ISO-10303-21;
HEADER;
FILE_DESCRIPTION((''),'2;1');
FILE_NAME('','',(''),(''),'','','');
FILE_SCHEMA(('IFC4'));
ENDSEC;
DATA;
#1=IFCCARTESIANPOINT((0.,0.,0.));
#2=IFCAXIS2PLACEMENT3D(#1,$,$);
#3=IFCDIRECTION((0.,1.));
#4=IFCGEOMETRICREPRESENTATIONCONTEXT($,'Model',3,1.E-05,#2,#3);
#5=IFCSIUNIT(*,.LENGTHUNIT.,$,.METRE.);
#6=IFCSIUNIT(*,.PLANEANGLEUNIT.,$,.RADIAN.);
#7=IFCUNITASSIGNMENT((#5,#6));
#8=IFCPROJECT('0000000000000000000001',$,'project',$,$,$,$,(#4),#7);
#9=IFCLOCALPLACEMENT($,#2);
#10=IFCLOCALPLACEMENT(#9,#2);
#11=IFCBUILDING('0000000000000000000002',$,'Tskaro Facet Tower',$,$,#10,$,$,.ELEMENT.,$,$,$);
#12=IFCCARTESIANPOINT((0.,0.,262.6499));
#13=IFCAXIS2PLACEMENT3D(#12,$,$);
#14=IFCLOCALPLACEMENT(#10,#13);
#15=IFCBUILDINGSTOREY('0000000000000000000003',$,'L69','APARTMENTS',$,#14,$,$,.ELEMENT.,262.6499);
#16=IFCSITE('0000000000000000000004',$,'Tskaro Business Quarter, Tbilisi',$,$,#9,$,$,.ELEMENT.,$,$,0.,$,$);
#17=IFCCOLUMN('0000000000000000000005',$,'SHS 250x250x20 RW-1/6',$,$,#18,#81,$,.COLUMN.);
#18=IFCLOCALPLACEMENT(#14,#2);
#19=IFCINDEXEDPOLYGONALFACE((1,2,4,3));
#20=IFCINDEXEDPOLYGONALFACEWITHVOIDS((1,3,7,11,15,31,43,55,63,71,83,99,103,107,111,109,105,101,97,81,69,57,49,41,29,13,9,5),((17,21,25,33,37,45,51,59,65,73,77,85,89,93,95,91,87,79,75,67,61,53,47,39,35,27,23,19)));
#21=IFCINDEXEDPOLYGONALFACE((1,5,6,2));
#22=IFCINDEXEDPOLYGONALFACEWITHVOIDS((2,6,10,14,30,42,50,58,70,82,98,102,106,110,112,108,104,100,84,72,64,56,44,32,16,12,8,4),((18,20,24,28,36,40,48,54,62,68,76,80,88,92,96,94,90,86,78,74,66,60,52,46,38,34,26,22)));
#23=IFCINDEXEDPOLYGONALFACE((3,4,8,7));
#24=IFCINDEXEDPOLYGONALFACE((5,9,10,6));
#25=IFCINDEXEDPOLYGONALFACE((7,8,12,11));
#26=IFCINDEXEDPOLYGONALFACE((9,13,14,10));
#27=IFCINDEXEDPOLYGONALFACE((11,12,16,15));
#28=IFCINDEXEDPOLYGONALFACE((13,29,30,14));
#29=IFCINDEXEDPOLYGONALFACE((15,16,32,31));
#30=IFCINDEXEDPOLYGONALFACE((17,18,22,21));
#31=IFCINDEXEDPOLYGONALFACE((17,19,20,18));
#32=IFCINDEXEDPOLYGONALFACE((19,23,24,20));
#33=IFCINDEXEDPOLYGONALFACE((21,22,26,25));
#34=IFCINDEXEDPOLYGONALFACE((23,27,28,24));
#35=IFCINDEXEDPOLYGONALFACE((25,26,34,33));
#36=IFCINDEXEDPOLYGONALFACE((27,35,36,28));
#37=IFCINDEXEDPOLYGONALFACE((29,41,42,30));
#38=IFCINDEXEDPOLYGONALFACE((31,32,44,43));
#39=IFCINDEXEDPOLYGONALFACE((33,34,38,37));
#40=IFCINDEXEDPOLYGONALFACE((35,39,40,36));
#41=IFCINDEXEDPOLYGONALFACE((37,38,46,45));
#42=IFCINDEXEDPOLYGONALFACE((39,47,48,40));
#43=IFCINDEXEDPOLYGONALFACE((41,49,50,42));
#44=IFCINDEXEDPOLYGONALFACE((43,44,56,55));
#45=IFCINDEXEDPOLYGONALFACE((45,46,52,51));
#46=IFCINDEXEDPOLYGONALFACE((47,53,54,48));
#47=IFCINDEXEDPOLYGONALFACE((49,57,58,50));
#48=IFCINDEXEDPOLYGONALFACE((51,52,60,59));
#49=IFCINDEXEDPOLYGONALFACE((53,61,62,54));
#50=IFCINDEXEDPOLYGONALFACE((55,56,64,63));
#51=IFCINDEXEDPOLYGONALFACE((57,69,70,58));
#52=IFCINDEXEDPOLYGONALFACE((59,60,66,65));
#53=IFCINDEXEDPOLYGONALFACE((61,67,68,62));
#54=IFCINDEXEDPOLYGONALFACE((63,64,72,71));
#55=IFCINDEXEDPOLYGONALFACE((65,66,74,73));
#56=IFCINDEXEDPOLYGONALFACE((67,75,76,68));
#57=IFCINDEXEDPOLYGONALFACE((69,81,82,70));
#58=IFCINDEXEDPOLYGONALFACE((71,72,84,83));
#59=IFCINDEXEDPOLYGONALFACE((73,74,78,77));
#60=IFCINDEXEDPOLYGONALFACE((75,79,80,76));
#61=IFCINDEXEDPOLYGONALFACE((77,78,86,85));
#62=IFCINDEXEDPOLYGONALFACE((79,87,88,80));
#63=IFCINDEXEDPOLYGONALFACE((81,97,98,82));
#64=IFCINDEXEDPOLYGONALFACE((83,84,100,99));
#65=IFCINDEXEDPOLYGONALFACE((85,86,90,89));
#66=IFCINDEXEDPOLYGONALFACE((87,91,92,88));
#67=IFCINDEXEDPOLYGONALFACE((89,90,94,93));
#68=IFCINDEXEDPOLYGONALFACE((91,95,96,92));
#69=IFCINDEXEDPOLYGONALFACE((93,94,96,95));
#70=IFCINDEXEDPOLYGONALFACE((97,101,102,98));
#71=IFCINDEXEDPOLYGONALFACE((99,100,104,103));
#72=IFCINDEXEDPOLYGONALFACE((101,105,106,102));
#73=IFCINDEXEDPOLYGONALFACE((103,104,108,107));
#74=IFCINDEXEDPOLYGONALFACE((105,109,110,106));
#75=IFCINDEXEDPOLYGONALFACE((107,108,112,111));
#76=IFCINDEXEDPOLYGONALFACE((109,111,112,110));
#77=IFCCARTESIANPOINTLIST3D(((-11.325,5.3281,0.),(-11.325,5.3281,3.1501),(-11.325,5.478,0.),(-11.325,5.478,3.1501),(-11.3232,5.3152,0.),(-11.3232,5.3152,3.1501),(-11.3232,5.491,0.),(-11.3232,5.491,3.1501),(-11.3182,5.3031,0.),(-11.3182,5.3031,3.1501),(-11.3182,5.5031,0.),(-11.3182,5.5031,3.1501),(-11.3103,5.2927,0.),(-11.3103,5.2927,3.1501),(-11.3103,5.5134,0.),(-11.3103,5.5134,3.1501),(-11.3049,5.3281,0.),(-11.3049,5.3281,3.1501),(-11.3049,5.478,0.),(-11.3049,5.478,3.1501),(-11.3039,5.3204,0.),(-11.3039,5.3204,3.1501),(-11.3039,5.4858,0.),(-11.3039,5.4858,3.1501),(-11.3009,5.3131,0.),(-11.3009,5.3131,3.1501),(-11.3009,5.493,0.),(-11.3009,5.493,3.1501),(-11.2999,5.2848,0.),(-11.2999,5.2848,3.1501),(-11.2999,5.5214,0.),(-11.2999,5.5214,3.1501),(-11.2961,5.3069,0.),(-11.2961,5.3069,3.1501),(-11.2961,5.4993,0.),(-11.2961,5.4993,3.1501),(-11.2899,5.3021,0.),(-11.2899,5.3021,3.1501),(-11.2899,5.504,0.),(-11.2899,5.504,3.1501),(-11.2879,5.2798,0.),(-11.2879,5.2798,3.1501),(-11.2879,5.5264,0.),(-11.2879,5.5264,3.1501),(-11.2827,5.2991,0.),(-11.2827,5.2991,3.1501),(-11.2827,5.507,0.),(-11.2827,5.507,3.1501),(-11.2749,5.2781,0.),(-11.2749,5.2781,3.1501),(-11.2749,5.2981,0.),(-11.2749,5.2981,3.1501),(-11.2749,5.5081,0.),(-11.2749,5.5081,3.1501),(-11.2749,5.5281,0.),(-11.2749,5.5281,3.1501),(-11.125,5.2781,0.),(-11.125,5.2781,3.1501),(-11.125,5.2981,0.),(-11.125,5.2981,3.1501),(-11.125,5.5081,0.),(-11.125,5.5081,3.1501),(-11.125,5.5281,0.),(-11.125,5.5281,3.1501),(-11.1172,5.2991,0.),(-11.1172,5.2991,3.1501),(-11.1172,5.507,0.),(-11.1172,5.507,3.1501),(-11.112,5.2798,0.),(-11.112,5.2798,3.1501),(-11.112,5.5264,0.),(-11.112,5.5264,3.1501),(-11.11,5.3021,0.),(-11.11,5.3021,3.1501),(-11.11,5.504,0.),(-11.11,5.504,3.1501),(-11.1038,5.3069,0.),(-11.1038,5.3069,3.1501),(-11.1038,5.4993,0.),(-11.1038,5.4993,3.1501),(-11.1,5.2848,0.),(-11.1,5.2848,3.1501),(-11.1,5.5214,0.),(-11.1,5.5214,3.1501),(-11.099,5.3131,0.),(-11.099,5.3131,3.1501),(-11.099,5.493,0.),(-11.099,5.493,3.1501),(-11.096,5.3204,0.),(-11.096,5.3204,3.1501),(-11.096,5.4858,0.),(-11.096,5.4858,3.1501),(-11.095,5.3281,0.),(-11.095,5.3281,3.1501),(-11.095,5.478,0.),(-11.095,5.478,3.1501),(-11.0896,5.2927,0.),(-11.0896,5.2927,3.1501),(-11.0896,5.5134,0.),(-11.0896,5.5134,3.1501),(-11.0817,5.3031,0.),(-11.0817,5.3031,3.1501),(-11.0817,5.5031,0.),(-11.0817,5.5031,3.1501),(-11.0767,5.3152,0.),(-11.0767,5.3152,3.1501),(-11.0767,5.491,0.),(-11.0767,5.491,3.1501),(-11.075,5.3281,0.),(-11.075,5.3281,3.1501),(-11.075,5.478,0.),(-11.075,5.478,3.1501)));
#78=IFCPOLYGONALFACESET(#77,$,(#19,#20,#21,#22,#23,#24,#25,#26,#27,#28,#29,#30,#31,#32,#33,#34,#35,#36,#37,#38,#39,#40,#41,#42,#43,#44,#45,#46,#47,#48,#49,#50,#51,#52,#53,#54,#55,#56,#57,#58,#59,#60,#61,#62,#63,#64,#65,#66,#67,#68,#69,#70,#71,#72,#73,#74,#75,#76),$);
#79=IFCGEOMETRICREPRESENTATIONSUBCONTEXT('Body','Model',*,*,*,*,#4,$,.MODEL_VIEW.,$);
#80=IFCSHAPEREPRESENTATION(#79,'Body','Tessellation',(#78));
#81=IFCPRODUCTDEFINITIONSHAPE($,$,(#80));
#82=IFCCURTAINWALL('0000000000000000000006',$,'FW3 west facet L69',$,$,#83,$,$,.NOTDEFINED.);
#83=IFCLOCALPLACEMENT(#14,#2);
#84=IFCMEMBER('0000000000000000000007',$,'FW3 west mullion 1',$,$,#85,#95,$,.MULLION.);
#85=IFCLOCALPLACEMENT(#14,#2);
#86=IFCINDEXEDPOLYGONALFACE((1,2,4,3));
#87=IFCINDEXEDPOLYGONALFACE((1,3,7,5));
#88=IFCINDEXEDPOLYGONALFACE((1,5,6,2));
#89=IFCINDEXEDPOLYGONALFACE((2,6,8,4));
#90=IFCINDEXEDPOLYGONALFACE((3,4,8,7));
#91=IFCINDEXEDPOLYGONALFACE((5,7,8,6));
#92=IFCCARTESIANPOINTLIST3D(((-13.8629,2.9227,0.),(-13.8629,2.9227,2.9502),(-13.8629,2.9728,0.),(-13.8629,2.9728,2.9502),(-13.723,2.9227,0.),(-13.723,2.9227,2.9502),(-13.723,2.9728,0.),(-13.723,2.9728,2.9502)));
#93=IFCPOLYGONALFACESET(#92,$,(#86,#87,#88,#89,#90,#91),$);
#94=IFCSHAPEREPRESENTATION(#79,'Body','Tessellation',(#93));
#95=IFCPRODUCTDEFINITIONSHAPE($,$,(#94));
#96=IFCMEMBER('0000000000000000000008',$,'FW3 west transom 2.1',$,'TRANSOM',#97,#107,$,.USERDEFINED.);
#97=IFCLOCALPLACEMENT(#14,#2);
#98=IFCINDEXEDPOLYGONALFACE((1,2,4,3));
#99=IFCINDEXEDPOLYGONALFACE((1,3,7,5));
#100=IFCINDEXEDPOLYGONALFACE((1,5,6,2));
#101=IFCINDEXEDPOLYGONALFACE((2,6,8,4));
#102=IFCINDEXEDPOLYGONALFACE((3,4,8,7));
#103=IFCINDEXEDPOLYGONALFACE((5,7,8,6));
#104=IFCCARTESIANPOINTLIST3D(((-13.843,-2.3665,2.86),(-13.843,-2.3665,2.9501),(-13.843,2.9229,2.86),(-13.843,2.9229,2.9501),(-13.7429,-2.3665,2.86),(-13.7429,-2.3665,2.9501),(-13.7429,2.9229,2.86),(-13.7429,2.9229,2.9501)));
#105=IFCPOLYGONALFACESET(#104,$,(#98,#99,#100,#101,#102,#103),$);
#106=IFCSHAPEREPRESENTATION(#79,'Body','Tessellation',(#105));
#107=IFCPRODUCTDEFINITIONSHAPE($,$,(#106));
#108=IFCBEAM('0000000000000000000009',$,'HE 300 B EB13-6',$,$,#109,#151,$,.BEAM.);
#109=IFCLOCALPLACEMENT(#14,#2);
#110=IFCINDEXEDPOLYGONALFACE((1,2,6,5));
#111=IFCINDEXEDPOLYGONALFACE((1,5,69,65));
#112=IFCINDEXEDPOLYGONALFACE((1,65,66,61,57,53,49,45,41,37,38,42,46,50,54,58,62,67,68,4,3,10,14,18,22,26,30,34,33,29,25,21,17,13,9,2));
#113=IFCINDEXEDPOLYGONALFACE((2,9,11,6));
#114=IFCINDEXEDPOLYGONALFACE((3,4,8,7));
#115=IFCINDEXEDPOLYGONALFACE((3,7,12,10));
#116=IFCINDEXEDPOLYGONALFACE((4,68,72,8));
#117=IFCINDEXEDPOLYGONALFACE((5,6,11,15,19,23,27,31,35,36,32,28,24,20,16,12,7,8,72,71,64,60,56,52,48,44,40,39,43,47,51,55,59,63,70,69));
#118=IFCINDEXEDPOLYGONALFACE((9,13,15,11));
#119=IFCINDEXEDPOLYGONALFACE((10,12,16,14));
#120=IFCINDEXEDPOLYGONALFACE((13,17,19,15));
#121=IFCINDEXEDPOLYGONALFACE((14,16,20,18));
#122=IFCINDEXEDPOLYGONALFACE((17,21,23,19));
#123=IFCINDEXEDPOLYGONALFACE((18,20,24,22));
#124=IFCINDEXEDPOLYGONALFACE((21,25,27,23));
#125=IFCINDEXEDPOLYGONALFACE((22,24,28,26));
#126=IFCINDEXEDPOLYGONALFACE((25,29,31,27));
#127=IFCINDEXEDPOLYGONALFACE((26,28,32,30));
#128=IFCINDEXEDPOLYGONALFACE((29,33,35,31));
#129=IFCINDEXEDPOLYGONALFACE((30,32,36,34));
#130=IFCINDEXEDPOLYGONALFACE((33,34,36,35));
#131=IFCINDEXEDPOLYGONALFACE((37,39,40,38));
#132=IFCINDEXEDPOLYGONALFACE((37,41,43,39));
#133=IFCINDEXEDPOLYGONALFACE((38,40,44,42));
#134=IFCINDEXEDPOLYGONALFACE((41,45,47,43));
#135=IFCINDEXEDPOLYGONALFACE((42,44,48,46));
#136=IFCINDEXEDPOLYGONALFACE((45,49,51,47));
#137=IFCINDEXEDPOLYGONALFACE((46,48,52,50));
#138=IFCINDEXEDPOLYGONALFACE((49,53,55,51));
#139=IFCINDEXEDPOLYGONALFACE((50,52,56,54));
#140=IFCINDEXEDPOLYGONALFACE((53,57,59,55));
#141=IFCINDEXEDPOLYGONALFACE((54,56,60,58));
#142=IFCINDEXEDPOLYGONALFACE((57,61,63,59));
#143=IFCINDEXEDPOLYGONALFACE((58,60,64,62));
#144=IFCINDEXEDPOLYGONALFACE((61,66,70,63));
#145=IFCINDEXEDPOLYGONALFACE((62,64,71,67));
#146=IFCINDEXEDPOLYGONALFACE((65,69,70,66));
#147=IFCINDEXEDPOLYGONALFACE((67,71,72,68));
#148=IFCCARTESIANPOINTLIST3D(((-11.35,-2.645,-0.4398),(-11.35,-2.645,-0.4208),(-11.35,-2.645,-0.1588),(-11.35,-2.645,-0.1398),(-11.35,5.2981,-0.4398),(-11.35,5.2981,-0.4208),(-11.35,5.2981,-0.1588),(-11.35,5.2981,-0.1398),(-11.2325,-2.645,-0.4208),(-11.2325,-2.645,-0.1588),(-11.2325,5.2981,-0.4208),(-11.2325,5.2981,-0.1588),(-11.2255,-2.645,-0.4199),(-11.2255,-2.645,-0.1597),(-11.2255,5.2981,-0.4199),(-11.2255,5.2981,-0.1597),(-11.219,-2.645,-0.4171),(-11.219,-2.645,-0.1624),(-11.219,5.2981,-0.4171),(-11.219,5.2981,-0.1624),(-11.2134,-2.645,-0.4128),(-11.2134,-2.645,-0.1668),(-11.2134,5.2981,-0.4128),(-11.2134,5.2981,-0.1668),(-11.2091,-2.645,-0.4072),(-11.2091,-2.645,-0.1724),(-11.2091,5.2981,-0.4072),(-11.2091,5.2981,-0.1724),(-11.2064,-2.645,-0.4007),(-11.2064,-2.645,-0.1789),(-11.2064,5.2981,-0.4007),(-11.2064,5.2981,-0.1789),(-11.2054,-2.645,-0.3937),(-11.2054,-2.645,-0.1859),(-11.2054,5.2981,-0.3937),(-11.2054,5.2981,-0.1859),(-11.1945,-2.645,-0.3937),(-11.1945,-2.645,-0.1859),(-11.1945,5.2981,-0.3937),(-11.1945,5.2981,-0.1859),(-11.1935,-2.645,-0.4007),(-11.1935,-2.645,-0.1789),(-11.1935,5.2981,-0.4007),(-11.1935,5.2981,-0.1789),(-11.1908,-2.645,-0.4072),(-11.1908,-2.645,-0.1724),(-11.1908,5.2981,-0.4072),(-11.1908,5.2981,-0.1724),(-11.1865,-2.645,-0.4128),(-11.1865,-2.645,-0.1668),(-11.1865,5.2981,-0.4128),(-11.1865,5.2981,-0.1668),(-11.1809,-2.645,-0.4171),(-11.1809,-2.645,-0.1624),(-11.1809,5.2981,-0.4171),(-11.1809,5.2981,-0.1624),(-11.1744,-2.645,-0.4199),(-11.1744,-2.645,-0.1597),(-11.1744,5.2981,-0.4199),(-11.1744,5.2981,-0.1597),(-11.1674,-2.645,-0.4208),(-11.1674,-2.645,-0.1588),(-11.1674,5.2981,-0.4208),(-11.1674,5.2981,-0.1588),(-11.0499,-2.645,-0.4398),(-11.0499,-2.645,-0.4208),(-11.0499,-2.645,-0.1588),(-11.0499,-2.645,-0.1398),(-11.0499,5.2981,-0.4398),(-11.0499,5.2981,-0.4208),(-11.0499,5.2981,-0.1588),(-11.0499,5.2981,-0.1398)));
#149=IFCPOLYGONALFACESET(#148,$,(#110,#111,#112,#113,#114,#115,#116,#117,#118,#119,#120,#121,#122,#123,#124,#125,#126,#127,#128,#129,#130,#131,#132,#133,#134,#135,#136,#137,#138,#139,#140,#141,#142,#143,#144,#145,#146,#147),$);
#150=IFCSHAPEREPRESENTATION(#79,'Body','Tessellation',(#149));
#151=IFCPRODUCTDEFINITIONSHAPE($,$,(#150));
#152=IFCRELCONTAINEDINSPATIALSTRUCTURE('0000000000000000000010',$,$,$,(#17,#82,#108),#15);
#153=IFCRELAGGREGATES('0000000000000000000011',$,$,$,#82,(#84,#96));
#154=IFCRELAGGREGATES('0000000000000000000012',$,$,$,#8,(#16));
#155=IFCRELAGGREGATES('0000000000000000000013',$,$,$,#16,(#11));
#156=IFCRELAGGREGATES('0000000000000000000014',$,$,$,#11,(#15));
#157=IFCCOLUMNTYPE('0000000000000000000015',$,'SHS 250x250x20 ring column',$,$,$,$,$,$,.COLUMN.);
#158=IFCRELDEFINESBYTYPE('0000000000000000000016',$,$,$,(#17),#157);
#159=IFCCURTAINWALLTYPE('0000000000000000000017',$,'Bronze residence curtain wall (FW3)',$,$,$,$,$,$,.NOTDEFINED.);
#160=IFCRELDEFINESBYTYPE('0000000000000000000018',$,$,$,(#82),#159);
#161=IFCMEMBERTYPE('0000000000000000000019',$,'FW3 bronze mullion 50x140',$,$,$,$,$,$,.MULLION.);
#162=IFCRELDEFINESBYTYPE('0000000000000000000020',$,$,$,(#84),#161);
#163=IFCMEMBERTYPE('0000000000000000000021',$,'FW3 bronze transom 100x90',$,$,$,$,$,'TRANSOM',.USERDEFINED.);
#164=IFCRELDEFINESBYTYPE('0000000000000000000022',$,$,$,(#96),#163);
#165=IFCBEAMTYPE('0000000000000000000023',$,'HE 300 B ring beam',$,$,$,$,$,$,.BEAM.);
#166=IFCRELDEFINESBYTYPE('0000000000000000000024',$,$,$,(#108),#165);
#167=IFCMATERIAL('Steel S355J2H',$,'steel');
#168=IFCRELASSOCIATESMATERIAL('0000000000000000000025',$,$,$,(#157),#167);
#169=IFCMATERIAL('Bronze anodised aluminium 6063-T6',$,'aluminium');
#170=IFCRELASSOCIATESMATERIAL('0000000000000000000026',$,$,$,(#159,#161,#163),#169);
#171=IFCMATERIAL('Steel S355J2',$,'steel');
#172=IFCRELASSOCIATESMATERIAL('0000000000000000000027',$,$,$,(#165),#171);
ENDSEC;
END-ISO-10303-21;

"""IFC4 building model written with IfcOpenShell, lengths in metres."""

from ifc_helpers import new_model, si_unit, direction, frame, origin, origin_2d, place, context, subcontext, project, spatial, rectangle, hollow_rectangle, i_section, extrude, material, material_profile, profile_set, type_object, element, aggregate, save


model = new_model("IFC4")

# Units and contexts
model_context = context("Model", 3, precision=1e-05, world=origin(), true_north=direction((0.0, 1.0)))
body_context = subcontext(model_context, "Body", "Model", "MODEL_VIEW")
ifc_project = project(units=[si_unit("LENGTHUNIT", "METRE"), si_unit("PLANEANGLEUNIT", "RADIAN")], contexts=[model_context])

# Site, building, storey
site_placement = place(None, origin())
site = spatial("IfcSite", under=ifc_project, at=site_placement, Name="Tskaro Business Quarter, Tbilisi", CompositionType="ELEMENT", RefElevation=0.0)
building_placement = place(site_placement, origin())
building = spatial("IfcBuilding", under=site, at=building_placement, Name="Tskaro Facet Tower", CompositionType="ELEMENT")
storey_placement = place(building_placement, frame((0.0, 0.0, 262.6499)))
storey = spatial("IfcBuildingStorey", under=building, at=storey_placement, Name="L69", Description="APARTMENTS", CompositionType="ELEMENT", Elevation=262.6499)

# Column
ifc_material_1 = material(Name="Steel S355J2H", Category="steel")
ifc_material_profile_1 = material_profile(ifc_material_1, hollow_rectangle(XDim=0.25, YDim=0.25, WallThickness=0.02, InnerFilletRadius=0.03, OuterFilletRadius=0.05, at=origin_2d()), Name="SHS 250x250x20")
ifc_profile_set_1 = profile_set([ifc_material_profile_1], Name="Steel S355J2H")
column_type = type_object("IfcColumnType", Name="SHS 250x250x20 ring column", PredefinedType="COLUMN", material=ifc_profile_set_1)
column_placement = place(storey_placement, frame((-11.2, 5.4031, 0.0), z_axis=(0.0, 0.0, 1.0), x_axis=(1.0, 0.0, 0.0)))
element("IfcColumn", 1, at=column_placement, inside=storey, type_object=column_type, Name="SHS 250x250x20 RW-1/6", PredefinedType="COLUMN", context=body_context, shape_type="SweptSolid", body=[
    extrude(hollow_rectangle(XDim=0.25, YDim=0.25, WallThickness=0.02, InnerFilletRadius=0.03, OuterFilletRadius=0.05, at=origin_2d()), origin(), (0.0, 0.0, 1.0), 3.1501),
])

# Curtain wall, members
ifc_material_2 = material(Name="Bronze anodised aluminium 6063-T6", Category="aluminium")
curtain_wall_type = type_object("IfcCurtainWallType", Name="Bronze residence curtain wall (FW3)", PredefinedType="NOTDEFINED", material=ifc_material_2)
curtain_wall_placement = place(storey_placement, origin())
curtain_wall = element("IfcCurtainWall", 2, at=curtain_wall_placement, inside=storey, type_object=curtain_wall_type, Name="FW3 west facet L69", PredefinedType="NOTDEFINED")
ifc_material_profile_2 = material_profile(ifc_material_2, rectangle(XDim=0.05, YDim=0.1399, at=origin_2d()), Name="Mullion 50x140")
ifc_profile_set_2 = profile_set([ifc_material_profile_2], Name="Bronze anodised aluminium 6063-T6")
member_type_1 = type_object("IfcMemberType", Name="FW3 bronze mullion 50x140", PredefinedType="MULLION", material=ifc_profile_set_2)
member_1_placement = place(storey_placement, frame((-13.793, 2.9478, 0.0), z_axis=(0.0, 0.0, 1.0), x_axis=(0.0, -1.0, 0.0)))
member_1 = element("IfcMember", 3, at=member_1_placement, type_object=member_type_1, Name="FW3 west mullion 1", PredefinedType="MULLION", context=body_context, shape_type="SweptSolid", body=[
    extrude(rectangle(XDim=0.05, YDim=0.1399, at=origin_2d()), origin(), (0.0, 0.0, 1.0), 2.9502),
])
ifc_material_profile_3 = material_profile(ifc_material_2, rectangle(XDim=0.1001, YDim=0.0901, at=origin_2d()), Name="Transom 100x90")
ifc_profile_set_3 = profile_set([ifc_material_profile_3], Name="Bronze anodised aluminium 6063-T6")
member_type_2 = type_object("IfcMemberType", Name="FW3 bronze transom 100x90", ElementType="TRANSOM", PredefinedType="USERDEFINED", material=ifc_profile_set_3)
member_2_placement = place(storey_placement, frame((-13.793, 2.9229, 2.905), z_axis=(0.0, -1.0, 0.0), x_axis=(1.0, 0.0, 0.0)))
member_2 = element("IfcMember", 4, at=member_2_placement, type_object=member_type_2, Name="FW3 west transom 2.1", ObjectType="TRANSOM", PredefinedType="USERDEFINED", context=body_context, shape_type="SweptSolid", body=[
    extrude(rectangle(XDim=0.1001, YDim=0.0901, at=origin_2d()), origin(), (0.0, 0.0, 1.0), 5.2893),
])

# Beam
ifc_material_3 = material(Name="Steel S355J2", Category="steel")
ifc_material_profile_4 = material_profile(ifc_material_3, i_section(OverallWidth=0.3, OverallDepth=0.3, WebThickness=0.011, FlangeThickness=0.019, FilletRadius=0.0271, at=origin_2d()), Name="HE 300 B")
ifc_profile_set_4 = profile_set([ifc_material_profile_4], Name="Steel S355J2")
beam_type_1 = type_object("IfcBeamType", Name="HE 300 B ring beam", PredefinedType="BEAM", material=ifc_profile_set_4)
beam_1_placement = place(storey_placement, frame((-11.2, 5.2981, -0.2898), z_axis=(0.0, -1.0, 0.0), x_axis=(1.0, 0.0, 0.0)))
element("IfcBeam", 5, at=beam_1_placement, inside=storey, type_object=beam_type_1, Name="HE 300 B EB13-6", PredefinedType="BEAM", context=body_context, shape_type="SweptSolid", body=[
    extrude(i_section(OverallWidth=0.3, OverallDepth=0.3, WebThickness=0.011, FlangeThickness=0.019, FilletRadius=0.0271, at=origin_2d()), origin(), (0.0, 0.0, 1.0), 7.9431),
])

aggregate(curtain_wall, [member_1, member_2])

save(model, "model.ifc")
